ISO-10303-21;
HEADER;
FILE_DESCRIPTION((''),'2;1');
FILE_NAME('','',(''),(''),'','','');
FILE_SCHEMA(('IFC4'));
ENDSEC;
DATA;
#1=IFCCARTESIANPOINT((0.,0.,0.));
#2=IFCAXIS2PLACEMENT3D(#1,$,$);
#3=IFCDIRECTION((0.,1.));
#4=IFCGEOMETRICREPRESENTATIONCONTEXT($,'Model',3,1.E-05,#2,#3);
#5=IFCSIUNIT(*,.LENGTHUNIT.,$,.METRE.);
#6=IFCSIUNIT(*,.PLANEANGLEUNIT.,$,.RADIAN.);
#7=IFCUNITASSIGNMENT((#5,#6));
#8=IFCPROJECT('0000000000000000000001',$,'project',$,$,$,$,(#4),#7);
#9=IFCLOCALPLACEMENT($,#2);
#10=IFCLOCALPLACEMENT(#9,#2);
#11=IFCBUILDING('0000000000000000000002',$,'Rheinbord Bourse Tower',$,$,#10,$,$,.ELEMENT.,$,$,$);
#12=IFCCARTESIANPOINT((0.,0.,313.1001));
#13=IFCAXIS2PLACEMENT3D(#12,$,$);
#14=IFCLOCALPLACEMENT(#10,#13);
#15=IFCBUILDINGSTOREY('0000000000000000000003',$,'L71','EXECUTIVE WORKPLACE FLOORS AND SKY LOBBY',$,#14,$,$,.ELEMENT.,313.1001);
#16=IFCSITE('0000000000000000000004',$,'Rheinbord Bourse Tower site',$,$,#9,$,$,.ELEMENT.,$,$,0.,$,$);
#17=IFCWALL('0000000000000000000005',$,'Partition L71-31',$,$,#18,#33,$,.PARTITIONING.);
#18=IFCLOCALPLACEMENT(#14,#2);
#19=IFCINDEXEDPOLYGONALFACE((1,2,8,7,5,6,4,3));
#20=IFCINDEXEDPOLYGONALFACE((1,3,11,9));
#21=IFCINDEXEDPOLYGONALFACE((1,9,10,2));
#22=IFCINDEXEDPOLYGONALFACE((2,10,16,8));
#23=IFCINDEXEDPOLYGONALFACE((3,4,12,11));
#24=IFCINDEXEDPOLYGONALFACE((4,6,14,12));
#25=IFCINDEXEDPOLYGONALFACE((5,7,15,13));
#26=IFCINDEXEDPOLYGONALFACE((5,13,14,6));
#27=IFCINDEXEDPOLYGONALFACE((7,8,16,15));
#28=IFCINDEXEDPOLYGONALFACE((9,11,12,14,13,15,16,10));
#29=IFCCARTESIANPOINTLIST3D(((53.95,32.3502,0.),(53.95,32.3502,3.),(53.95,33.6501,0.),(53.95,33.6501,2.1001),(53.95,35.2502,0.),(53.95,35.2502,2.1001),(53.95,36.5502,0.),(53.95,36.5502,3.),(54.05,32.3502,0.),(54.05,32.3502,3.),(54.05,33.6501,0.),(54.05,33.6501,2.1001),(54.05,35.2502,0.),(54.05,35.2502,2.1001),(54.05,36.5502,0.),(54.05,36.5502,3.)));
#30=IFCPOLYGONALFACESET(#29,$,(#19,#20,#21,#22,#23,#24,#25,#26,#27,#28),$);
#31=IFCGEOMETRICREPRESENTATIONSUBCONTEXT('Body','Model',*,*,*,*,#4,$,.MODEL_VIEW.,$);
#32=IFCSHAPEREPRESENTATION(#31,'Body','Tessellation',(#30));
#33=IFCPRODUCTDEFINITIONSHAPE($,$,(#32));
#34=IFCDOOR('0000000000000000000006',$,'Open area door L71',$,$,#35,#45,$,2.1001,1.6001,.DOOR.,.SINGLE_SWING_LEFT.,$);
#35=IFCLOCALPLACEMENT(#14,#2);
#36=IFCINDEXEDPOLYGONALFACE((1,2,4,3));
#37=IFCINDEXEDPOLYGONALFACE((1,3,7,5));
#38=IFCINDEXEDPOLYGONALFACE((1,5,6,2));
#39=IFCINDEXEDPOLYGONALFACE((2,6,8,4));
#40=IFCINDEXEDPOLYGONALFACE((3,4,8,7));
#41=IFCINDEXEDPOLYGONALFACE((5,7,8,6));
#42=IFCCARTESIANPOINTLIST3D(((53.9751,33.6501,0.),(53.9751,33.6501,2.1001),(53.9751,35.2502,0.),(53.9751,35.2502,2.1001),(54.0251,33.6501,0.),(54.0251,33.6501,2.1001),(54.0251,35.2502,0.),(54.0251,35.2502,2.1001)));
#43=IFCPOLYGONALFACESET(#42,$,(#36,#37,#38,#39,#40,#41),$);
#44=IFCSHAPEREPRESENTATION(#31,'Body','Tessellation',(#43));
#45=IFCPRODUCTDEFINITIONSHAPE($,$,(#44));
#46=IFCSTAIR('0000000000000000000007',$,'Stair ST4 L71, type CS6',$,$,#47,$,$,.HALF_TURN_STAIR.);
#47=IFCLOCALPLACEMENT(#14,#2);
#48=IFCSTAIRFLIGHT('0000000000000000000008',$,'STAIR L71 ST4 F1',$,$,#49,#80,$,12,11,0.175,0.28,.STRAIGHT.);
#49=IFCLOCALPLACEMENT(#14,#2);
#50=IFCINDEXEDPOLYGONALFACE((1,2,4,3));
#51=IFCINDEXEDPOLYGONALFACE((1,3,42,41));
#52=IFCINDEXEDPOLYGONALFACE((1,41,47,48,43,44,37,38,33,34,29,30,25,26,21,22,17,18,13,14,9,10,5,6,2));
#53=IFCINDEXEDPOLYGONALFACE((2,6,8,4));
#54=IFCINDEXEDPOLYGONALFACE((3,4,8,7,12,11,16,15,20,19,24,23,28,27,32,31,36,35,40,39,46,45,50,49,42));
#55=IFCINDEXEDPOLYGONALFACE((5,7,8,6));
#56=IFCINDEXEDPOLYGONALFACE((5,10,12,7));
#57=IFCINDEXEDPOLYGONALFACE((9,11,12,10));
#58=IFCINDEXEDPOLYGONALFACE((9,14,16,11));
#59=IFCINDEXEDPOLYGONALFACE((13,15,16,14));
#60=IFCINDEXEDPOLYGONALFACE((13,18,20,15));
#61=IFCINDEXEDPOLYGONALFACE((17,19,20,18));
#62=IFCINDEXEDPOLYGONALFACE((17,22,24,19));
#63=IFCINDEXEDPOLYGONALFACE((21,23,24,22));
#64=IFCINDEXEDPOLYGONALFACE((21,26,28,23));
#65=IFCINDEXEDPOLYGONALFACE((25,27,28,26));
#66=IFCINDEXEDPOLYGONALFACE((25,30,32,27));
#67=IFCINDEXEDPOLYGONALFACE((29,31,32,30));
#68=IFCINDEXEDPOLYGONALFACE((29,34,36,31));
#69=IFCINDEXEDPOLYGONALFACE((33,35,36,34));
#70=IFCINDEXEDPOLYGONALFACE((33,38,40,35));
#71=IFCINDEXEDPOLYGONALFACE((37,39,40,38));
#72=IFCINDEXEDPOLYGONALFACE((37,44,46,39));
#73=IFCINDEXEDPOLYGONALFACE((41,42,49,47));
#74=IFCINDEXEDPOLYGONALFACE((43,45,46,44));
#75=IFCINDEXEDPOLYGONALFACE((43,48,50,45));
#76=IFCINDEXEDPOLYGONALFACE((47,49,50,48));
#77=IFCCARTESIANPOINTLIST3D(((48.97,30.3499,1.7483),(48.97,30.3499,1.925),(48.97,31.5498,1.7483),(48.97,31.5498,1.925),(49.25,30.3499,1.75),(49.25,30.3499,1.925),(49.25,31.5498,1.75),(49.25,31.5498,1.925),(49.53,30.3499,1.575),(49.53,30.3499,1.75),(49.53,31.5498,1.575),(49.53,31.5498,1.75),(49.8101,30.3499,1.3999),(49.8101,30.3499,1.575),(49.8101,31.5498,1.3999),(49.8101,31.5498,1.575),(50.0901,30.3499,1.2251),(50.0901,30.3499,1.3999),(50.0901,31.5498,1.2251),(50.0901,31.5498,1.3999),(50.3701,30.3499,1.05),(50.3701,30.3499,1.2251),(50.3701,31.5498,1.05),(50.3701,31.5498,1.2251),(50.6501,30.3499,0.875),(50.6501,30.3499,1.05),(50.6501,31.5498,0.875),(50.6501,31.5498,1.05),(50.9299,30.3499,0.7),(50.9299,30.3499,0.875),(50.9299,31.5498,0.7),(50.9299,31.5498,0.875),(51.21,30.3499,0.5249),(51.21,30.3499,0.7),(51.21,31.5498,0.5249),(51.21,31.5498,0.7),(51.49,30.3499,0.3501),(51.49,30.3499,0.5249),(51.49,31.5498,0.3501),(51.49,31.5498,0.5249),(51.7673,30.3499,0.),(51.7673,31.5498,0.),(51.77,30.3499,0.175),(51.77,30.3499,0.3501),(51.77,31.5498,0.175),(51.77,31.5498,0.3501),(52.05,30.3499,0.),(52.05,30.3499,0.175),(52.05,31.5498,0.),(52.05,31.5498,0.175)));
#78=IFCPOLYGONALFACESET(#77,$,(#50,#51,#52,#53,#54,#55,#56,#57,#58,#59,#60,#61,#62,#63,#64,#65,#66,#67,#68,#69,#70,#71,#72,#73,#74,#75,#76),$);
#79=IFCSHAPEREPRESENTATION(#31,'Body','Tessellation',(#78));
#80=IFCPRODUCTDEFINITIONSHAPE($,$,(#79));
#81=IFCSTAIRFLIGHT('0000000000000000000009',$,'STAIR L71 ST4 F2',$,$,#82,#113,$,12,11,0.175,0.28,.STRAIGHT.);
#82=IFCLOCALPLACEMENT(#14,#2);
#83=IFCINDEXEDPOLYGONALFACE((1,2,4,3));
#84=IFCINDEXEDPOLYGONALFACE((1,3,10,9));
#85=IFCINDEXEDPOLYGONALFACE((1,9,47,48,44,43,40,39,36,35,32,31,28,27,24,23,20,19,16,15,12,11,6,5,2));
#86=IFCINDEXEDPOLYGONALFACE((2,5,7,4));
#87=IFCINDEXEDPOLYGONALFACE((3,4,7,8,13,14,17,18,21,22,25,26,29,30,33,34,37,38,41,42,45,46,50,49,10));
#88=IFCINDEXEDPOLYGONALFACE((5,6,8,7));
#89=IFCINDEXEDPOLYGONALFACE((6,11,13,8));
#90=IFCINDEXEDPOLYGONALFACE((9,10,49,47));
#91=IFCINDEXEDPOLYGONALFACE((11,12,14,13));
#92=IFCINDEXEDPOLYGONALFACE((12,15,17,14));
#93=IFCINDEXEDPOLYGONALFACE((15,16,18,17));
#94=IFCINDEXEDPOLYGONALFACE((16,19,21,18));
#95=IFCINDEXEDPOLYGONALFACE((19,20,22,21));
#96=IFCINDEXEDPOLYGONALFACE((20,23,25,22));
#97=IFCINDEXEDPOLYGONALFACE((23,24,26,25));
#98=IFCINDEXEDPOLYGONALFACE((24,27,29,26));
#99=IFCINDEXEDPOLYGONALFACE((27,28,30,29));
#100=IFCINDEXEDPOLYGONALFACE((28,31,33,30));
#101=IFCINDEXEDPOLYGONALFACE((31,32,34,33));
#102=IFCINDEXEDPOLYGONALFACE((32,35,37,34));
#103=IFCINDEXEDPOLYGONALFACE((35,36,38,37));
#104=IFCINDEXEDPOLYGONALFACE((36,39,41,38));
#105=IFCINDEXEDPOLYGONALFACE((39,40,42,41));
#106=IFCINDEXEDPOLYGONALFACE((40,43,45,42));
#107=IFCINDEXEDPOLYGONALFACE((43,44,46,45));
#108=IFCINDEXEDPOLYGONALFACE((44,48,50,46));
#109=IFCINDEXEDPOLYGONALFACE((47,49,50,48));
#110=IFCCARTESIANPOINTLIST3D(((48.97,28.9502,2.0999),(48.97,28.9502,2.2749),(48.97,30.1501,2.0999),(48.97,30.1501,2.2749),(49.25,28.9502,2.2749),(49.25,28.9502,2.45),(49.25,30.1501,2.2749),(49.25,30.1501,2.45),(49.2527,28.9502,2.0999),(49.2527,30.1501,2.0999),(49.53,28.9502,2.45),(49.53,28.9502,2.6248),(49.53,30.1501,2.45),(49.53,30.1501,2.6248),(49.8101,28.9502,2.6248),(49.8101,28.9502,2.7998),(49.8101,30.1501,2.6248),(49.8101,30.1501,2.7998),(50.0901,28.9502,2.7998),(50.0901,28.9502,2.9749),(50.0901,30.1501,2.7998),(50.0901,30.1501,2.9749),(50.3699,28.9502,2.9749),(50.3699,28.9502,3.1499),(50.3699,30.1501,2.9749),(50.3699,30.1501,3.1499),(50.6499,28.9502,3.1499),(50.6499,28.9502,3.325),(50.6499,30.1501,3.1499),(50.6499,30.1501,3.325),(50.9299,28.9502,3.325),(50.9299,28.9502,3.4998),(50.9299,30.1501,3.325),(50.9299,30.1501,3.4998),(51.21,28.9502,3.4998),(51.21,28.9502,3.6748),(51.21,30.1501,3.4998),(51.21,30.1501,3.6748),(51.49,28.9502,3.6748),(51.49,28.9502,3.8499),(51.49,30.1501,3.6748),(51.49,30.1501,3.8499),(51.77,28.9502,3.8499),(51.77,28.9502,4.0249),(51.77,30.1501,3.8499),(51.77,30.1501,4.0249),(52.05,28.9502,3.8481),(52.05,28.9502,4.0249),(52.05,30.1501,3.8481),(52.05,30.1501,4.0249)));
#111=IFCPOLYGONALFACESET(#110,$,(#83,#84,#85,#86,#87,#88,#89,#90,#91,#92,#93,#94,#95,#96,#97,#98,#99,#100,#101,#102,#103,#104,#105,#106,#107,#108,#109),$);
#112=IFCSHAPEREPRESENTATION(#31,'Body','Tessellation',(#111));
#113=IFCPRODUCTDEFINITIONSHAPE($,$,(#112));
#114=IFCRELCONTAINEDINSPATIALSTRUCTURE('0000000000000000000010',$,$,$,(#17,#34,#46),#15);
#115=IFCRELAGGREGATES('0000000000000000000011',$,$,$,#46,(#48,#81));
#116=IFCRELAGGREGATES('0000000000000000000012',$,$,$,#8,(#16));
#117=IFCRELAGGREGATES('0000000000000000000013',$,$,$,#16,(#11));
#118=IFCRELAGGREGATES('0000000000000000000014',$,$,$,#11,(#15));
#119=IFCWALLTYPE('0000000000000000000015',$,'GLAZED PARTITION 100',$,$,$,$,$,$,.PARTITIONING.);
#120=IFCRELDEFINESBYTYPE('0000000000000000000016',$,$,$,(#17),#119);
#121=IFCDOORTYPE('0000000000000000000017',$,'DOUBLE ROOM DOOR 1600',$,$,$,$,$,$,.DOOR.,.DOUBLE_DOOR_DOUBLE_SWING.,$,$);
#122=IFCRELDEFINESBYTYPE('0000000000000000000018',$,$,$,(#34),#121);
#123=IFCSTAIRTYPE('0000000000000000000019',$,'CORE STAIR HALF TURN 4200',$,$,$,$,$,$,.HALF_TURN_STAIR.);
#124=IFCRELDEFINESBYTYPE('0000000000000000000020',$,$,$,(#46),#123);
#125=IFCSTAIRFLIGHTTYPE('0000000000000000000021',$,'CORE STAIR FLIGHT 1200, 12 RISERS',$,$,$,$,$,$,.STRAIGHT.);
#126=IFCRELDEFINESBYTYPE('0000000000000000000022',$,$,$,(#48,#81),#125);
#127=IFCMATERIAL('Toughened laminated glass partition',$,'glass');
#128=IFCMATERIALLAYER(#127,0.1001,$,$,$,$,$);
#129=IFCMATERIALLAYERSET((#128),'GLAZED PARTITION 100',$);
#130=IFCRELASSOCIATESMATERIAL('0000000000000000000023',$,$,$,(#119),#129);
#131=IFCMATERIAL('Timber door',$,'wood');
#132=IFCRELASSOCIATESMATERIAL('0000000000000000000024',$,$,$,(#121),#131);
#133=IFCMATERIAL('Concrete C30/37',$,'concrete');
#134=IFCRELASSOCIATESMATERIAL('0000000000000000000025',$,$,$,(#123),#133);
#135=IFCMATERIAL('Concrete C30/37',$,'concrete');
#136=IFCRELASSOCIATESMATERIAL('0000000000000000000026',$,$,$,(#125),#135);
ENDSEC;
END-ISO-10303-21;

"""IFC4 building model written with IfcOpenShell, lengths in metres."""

from ifc_helpers import new_model, si_unit, direction, frame, frame_2d, origin, place, context, subcontext, project, spatial, polyline, rectangle, outline, extrude, material, layer, layer_set, type_object, element, fill, aggregate, save


model = new_model("IFC4")

# Units and contexts
model_context = context("Model", 3, precision=1e-05, world=origin(), true_north=direction((0.0, 1.0)))
body_context = subcontext(model_context, "Body", "Model", "MODEL_VIEW")
ifc_project = project(units=[si_unit("LENGTHUNIT", "METRE"), si_unit("PLANEANGLEUNIT", "RADIAN")], contexts=[model_context])

# Site, building, storey
site_placement = place(None, origin())
site = spatial("IfcSite", under=ifc_project, at=site_placement, Name="Rheinbord Bourse Tower site", CompositionType="ELEMENT", RefElevation=0.0)
building_placement = place(site_placement, origin())
building = spatial("IfcBuilding", under=site, at=building_placement, Name="Rheinbord Bourse Tower", CompositionType="ELEMENT")
storey_placement = place(building_placement, frame((0.0, 0.0, 313.1001)))
storey = spatial("IfcBuildingStorey", under=building, at=storey_placement, Name="L71", Description="EXECUTIVE WORKPLACE FLOORS AND SKY LOBBY", CompositionType="ELEMENT", Elevation=313.1001)

# Wall, opening, door
ifc_material_1 = material(Name="Toughened laminated glass partition", Category="glass")
ifc_layer_1 = layer(ifc_material_1, 0.1001)
ifc_layer_set_1 = layer_set([ifc_layer_1], Name="GLAZED PARTITION 100")
wall_type_1 = type_object("IfcWallType", Name="GLAZED PARTITION 100", PredefinedType="PARTITIONING", material=ifc_layer_set_1)
wall_1_placement = place(storey_placement, frame((54.0, 32.3501, 0.0), z_axis=(0.0, 0.0, 1.0), x_axis=(0.0, 1.0, 0.0)))
wall_1 = element("IfcWall", 1, at=wall_1_placement, inside=storey, type_object=wall_type_1, Name="Partition L71-31", PredefinedType="PARTITIONING", context=body_context, shape_type="SweptSolid", body=[
    extrude(rectangle(XDim=4.2, YDim=0.1001, at=frame_2d((2.1001, 0.0))), origin(), (0.0, 0.0, 1.0), 3.0),
])
opening_1_placement = place(wall_1_placement, frame((1.3, 0.0, 0.0)))
opening_1 = element("IfcOpeningElement", 2, at=opening_1_placement, cuts=wall_1, PredefinedType="OPENING", context=body_context, shape_type="SweptSolid", body=[
    extrude(rectangle(XDim=1.6001, YDim=2.1001, at=frame_2d((0.8, 1.05))), frame((0.0, 0.0601, 0.0), z_axis=(0.0, -1.0, 0.0), x_axis=(1.0, 0.0, 0.0)), (0.0, 0.0, 1.0), 0.1201),
])
ifc_material_2 = material(Name="Timber door", Category="wood")
door_type_1 = type_object("IfcDoorType", Name="DOUBLE ROOM DOOR 1600", OperationType="DOUBLE_DOOR_DOUBLE_SWING", PredefinedType="DOOR", material=ifc_material_2)
door_1_placement = place(opening_1_placement, origin())
door_1 = element("IfcDoor", 3, at=door_1_placement, inside=storey, type_object=door_type_1, Name="Open area door L71", OperationType="SINGLE_SWING_LEFT", OverallHeight=2.1001, OverallWidth=1.6001, PredefinedType="DOOR", context=body_context, shape_type="SweptSolid", body=[
    extrude(rectangle(XDim=1.6001, YDim=2.1001, at=frame_2d((0.8, 1.05))), frame((0.0, 0.0249, 0.0), z_axis=(0.0, -1.0, 0.0), x_axis=(1.0, 0.0, 0.0)), (0.0, 0.0, 1.0), 0.05),
])
fill(opening_1, door_1)

# Stair, stair flights
ifc_material_3 = material(Name="Concrete C30/37", Category="concrete")
stair_type = type_object("IfcStairType", Name="CORE STAIR HALF TURN 4200", PredefinedType="HALF_TURN_STAIR", material=ifc_material_3)
stair_placement = place(storey_placement, origin())
stair = element("IfcStair", 4, at=stair_placement, inside=storey, type_object=stair_type, Name="Stair ST4 L71, type CS6", PredefinedType="HALF_TURN_STAIR")
ifc_material_4 = material(Name="Concrete C30/37", Category="concrete")
stair_flight_type = type_object("IfcStairFlightType", Name="CORE STAIR FLIGHT 1200, 12 RISERS", PredefinedType="STRAIGHT", material=ifc_material_4)
stair_flight_1_placement = place(storey_placement, frame((52.05, 30.95, 0.0), z_axis=(0.0, 0.0, 1.0), x_axis=(-1.0, 0.0, 0.0)))
stair_flight_1 = element("IfcStairFlight", 5, at=stair_flight_1_placement, type_object=stair_flight_type, Name="STAIR L71 ST4 F1", NumberOfRisers=12, NumberOfTreads=11, PredefinedType="STRAIGHT", RiserHeight=0.175, TreadLength=0.28, context=body_context, shape_type="SweptSolid", body=[
    extrude(outline(polyline([(0.0, 0.0), (0.0, 0.175), (0.28, 0.175), (0.28, 0.3501), (0.5601, 0.3501), (0.5601, 0.5249), (0.8401, 0.5249), (0.8401, 0.7), (1.1201, 0.7), (1.1201, 0.875), (1.3999, 0.875), (1.3999, 1.05), (1.6799, 1.05), (1.6799, 1.2251), (1.96, 1.2251), (1.96, 1.3999), (2.24, 1.3999), (2.24, 1.575), (2.52, 1.575), (2.52, 1.75), (2.8, 1.75), (2.8, 1.925), (3.0801, 1.925), (3.0801, 2.1001), (3.0801, 1.7483), (0.2827, 0.0), (0.0, 0.0)])), frame((0.0, 0.6001, 0.0), z_axis=(0.0, -1.0, 0.0), x_axis=(1.0, 0.0, 0.0)), (0.0, 0.0, 1.0), 1.2),
])
stair_flight_2_placement = place(storey_placement, frame((48.97, 29.55, 2.0999), z_axis=(0.0, 0.0, 1.0), x_axis=(1.0, 0.0, 0.0)))
stair_flight_2 = element("IfcStairFlight", 6, at=stair_flight_2_placement, type_object=stair_flight_type, Name="STAIR L71 ST4 F2", NumberOfRisers=12, NumberOfTreads=11, PredefinedType="STRAIGHT", RiserHeight=0.175, TreadLength=0.28, context=body_context, shape_type="SweptSolid", body=[
    extrude(outline(polyline([(0.0, 0.0), (0.0, 0.175), (0.28, 0.175), (0.28, 0.3501), (0.5601, 0.3501), (0.5601, 0.5249), (0.8401, 0.5249), (0.8401, 0.7), (1.1201, 0.7), (1.1201, 0.875), (1.3999, 0.875), (1.3999, 1.05), (1.6799, 1.05), (1.6799, 1.2251), (1.96, 1.2251), (1.96, 1.3999), (2.24, 1.3999), (2.24, 1.575), (2.52, 1.575), (2.52, 1.75), (2.8, 1.75), (2.8, 1.925), (3.0801, 1.925), (3.0801, 2.1001), (3.0801, 1.7483), (0.2827, 0.0), (0.0, 0.0)])), frame((0.0, 0.6001, 0.0), z_axis=(0.0, -1.0, 0.0), x_axis=(1.0, 0.0, 0.0)), (0.0, 0.0, 1.0), 1.2),
])
aggregate(stair, [stair_flight_1, stair_flight_2])

save(model, "model.ifc")
